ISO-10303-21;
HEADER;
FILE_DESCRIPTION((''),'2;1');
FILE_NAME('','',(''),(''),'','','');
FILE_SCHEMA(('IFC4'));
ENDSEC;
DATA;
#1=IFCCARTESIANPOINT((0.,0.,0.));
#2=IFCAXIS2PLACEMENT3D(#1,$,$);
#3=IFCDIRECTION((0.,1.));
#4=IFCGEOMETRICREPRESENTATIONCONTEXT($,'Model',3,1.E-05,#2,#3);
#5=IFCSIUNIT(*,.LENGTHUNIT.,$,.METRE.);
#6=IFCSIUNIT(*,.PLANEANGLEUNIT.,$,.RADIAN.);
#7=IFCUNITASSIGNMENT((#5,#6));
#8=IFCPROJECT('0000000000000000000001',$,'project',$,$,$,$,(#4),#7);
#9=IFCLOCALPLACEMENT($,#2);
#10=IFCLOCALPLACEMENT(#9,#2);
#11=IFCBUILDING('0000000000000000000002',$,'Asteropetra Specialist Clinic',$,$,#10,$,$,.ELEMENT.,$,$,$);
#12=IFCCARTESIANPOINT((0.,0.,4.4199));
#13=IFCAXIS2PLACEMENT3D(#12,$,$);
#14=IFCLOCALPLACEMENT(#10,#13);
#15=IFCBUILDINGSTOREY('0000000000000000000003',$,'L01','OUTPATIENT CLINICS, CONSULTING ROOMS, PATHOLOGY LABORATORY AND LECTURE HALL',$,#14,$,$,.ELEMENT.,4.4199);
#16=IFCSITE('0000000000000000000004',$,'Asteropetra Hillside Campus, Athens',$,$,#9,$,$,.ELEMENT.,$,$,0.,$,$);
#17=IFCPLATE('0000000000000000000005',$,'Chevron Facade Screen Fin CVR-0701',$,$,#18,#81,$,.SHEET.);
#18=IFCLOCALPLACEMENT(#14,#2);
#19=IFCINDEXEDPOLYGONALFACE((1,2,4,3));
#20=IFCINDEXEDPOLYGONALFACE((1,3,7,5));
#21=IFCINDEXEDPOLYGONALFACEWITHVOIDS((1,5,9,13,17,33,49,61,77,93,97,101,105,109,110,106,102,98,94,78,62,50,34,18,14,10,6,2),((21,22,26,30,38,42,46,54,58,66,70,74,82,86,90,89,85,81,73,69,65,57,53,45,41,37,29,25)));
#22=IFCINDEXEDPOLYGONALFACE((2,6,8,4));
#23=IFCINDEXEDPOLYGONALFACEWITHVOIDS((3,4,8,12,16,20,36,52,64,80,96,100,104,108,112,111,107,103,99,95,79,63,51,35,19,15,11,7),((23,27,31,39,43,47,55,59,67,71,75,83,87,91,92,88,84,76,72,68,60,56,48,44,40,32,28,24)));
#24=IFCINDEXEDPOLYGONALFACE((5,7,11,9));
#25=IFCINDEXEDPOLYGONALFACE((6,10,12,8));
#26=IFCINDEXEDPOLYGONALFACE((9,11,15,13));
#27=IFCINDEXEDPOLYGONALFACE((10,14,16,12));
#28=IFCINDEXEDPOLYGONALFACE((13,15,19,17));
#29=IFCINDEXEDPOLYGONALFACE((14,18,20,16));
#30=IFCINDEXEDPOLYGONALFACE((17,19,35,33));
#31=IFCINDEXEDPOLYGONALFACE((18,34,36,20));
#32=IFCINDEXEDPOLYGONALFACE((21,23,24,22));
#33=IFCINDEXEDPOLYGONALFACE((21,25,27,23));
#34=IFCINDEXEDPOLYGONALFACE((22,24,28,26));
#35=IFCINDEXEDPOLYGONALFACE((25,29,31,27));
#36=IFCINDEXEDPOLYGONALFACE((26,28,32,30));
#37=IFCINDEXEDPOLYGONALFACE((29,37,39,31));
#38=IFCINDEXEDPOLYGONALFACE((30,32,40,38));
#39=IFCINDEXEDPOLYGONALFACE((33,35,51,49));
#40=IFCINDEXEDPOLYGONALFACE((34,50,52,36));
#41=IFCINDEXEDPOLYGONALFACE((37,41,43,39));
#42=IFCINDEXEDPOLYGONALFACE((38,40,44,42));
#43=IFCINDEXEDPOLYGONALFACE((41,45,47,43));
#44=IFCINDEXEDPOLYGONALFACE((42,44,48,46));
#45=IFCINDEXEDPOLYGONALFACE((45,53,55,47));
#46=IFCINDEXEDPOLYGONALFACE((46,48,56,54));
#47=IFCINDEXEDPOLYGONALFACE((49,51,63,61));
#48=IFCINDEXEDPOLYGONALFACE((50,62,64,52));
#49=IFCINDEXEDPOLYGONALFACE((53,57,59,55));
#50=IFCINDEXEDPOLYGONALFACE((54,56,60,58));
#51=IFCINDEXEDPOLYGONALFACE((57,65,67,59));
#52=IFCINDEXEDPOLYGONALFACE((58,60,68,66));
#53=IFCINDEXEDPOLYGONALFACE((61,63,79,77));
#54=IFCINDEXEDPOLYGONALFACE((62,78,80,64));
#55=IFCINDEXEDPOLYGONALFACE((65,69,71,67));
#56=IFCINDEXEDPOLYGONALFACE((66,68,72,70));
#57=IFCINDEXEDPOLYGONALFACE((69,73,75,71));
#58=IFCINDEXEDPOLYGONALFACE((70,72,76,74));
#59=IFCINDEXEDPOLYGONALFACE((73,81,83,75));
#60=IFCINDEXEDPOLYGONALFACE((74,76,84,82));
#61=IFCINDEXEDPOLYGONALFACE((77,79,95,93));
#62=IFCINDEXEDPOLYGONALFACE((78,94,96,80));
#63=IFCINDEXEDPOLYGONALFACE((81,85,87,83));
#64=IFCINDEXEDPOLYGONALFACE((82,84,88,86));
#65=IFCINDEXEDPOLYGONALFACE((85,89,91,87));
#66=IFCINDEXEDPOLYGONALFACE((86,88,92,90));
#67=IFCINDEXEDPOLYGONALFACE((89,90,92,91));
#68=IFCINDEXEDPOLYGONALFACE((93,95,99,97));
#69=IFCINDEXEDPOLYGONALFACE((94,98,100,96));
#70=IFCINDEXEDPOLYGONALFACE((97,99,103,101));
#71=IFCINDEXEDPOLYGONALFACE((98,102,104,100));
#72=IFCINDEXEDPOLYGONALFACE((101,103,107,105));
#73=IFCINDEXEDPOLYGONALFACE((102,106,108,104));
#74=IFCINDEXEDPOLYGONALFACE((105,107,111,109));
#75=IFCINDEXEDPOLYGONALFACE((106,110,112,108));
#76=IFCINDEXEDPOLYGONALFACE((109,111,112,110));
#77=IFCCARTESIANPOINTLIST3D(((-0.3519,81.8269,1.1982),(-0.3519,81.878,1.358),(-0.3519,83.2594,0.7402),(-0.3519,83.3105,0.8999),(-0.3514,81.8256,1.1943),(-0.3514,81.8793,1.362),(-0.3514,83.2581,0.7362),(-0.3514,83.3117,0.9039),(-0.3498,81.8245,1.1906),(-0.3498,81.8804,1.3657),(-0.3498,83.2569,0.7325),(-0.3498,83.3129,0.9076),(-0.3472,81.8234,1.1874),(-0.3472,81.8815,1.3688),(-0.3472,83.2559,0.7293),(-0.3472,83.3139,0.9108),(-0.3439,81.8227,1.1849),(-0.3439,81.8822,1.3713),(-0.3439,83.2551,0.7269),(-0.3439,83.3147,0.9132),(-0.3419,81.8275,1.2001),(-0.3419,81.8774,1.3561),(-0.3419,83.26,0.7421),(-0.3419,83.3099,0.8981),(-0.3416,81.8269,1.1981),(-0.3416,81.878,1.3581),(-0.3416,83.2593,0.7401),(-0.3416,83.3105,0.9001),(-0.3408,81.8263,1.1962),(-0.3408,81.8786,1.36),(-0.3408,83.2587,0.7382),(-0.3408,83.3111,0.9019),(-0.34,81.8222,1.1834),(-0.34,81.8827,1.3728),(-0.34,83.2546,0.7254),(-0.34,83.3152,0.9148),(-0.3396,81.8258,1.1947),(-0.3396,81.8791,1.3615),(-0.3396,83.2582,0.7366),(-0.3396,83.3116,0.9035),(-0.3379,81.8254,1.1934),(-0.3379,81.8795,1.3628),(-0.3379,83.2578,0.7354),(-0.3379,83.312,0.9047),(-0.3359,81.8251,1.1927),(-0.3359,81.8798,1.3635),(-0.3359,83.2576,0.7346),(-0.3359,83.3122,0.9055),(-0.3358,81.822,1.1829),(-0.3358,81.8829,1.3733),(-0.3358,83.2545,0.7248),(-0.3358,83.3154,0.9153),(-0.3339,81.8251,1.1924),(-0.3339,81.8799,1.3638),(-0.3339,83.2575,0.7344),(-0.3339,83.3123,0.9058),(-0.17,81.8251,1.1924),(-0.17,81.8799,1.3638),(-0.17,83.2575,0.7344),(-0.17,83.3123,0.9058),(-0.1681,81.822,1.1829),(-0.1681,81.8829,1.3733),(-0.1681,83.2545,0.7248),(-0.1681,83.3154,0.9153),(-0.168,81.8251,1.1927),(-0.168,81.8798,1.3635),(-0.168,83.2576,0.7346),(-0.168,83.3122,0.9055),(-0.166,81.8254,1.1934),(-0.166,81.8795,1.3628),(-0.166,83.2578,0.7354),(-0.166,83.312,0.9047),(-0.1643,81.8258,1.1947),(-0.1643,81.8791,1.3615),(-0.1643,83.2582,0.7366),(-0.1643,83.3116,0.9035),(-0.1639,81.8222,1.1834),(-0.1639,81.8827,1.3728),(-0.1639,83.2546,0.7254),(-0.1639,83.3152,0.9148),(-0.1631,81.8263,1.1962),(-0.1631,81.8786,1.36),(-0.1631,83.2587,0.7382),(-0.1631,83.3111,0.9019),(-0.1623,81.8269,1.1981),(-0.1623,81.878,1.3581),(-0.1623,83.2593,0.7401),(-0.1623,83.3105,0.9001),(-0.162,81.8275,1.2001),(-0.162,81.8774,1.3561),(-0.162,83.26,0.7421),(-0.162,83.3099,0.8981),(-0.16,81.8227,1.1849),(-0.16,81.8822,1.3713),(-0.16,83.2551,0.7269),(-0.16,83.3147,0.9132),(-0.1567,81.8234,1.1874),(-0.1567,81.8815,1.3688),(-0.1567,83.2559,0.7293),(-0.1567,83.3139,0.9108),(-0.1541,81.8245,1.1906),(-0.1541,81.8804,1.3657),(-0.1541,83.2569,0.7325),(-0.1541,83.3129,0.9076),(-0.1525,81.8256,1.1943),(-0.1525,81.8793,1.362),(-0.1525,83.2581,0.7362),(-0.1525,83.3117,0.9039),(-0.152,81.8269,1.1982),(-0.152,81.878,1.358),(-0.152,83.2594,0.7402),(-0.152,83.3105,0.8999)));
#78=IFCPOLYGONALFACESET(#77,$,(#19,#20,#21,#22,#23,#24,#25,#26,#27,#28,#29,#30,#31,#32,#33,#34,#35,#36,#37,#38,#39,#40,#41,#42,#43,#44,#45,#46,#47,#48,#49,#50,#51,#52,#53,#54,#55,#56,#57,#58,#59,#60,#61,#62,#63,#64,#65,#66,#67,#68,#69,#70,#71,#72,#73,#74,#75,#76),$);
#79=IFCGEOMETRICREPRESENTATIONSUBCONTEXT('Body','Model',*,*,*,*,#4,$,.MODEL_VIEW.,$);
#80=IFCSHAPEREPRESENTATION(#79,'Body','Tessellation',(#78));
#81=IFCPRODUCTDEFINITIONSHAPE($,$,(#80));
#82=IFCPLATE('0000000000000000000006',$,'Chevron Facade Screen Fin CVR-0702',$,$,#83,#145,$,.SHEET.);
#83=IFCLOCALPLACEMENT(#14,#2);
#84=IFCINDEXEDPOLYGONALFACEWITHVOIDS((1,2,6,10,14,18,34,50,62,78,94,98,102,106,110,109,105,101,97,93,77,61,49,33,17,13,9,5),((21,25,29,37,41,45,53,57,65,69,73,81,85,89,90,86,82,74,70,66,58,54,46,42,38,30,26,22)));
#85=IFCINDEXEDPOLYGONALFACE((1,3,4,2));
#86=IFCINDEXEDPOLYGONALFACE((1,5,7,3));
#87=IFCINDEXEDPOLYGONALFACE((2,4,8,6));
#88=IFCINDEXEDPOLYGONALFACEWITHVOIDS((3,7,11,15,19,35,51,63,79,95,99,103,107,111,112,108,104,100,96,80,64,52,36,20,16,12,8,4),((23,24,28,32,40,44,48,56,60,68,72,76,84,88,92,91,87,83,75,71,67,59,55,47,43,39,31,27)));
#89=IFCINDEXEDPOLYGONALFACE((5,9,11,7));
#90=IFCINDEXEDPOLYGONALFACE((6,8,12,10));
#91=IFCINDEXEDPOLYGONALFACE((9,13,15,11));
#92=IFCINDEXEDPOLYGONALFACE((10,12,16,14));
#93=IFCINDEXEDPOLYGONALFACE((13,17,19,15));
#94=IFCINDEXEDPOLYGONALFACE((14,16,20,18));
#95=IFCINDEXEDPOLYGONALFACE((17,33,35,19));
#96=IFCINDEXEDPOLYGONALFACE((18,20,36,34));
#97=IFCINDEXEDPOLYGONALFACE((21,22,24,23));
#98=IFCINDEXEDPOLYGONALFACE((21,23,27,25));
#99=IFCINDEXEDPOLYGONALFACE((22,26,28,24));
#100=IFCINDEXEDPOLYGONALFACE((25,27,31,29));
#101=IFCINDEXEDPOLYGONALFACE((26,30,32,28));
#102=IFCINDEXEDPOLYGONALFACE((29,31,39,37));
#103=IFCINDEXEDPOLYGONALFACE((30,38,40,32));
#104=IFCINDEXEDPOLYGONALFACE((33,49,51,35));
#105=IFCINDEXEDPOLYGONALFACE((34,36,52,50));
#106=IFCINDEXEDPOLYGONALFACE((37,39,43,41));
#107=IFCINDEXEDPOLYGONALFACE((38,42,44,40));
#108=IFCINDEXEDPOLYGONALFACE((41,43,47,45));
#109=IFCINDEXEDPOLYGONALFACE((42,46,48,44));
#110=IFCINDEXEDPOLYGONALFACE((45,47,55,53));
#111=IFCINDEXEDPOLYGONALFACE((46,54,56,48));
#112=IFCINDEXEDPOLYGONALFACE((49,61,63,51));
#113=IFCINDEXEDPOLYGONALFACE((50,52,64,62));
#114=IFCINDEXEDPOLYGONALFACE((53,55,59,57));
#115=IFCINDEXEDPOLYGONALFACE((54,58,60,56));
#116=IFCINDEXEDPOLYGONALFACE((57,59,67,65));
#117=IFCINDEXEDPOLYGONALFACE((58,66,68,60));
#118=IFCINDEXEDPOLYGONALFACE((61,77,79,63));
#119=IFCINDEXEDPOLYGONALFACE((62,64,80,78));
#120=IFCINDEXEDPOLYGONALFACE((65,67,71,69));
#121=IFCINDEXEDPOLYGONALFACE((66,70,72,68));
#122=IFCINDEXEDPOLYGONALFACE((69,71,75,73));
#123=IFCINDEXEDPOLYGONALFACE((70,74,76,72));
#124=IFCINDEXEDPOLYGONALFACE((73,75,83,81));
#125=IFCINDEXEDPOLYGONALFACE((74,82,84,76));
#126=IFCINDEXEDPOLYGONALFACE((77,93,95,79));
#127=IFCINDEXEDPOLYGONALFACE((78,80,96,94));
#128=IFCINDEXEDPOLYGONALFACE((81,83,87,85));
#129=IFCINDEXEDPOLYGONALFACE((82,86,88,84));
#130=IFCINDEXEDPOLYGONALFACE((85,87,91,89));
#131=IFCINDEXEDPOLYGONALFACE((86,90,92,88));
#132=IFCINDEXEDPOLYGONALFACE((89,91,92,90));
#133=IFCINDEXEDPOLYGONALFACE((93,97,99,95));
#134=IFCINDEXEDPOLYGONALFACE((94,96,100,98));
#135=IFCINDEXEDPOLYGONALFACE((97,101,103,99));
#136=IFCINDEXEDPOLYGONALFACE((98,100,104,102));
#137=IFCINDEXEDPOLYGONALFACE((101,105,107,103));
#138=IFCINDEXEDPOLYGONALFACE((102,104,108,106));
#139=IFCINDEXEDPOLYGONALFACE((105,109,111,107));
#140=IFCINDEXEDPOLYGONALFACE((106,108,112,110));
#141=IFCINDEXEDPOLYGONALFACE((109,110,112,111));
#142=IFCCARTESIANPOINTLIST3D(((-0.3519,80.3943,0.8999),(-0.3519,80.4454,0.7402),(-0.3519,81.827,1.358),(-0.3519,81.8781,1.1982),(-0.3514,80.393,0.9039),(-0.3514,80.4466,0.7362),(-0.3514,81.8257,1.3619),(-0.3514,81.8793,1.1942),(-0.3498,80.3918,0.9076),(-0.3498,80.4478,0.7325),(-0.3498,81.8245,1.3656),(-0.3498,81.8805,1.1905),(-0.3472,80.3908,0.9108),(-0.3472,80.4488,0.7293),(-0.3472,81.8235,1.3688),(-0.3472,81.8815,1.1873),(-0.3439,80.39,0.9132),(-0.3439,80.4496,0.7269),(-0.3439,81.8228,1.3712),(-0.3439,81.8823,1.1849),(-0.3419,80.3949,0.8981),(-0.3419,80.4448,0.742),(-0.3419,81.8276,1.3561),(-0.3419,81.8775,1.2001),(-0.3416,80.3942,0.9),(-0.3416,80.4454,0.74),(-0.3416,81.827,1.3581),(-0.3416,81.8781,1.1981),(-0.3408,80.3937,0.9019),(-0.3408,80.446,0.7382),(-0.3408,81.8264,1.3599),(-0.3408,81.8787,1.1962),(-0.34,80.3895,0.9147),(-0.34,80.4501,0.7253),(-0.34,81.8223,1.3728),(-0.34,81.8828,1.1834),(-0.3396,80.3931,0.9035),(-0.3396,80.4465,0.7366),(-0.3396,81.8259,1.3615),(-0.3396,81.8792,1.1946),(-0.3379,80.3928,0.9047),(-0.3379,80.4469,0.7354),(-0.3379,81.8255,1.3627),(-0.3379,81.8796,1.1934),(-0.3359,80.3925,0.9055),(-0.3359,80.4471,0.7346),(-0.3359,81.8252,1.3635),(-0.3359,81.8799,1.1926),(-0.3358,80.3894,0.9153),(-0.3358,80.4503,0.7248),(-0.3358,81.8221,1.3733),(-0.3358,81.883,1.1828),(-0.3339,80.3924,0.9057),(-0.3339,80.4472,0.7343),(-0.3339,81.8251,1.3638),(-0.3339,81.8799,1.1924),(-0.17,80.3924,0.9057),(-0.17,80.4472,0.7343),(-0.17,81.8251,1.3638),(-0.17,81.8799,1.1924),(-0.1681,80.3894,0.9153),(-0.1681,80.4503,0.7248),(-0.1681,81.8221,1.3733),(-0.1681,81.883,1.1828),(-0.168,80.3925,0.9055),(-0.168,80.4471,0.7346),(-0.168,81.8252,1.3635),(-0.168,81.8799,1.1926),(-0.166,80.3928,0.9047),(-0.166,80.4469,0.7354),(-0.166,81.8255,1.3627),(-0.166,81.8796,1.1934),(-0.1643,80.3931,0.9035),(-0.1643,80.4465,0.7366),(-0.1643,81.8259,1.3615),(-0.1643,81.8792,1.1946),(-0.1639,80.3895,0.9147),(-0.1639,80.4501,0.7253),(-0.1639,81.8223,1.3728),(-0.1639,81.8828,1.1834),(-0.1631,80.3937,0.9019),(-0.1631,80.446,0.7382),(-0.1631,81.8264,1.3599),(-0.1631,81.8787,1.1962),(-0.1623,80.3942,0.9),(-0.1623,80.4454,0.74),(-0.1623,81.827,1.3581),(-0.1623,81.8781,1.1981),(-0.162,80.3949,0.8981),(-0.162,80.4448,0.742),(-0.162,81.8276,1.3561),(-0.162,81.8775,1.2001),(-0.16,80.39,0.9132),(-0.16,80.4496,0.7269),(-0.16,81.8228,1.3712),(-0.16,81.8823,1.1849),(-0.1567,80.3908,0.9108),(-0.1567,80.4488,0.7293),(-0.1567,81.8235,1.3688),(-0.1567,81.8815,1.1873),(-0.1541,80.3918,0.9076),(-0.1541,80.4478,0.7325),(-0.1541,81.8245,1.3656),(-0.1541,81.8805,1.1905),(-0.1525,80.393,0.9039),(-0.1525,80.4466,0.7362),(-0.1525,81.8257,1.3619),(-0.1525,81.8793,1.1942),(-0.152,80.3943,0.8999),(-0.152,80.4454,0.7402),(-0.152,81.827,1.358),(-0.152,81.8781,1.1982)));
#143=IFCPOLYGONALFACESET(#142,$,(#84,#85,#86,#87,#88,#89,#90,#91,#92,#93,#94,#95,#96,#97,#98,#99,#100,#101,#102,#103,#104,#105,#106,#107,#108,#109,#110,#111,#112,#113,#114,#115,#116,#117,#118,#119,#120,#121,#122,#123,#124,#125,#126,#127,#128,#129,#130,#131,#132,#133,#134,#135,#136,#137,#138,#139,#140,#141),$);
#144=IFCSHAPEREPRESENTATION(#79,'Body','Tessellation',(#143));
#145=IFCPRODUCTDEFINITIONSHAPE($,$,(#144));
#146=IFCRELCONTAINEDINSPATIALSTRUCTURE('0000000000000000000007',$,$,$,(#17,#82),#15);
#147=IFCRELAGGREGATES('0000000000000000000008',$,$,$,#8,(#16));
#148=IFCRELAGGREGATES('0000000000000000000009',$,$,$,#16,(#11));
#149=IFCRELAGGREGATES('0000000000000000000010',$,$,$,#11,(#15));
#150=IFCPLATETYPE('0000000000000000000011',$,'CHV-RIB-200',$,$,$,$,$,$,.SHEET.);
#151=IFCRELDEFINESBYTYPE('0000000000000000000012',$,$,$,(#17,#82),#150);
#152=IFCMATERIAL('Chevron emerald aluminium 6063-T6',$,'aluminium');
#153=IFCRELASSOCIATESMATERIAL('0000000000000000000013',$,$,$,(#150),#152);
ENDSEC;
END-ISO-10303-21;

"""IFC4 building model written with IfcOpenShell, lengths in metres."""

from ifc_helpers import new_model, si_unit, direction, frame, origin, origin_2d, place, context, subcontext, project, spatial, hollow_rectangle, extrude, material, material_profile, profile_set, type_object, element, save


model = new_model("IFC4")

# Units and contexts
model_context = context("Model", 3, precision=1e-05, world=origin(), true_north=direction((0.0, 1.0)))
body_context = subcontext(model_context, "Body", "Model", "MODEL_VIEW")
ifc_project = project(units=[si_unit("LENGTHUNIT", "METRE"), si_unit("PLANEANGLEUNIT", "RADIAN")], contexts=[model_context])

# Site, building, storey
site_placement = place(None, origin())
site = spatial("IfcSite", under=ifc_project, at=site_placement, Name="Asteropetra Hillside Campus, Athens", CompositionType="ELEMENT", RefElevation=0.0)
building_placement = place(site_placement, origin())
building = spatial("IfcBuilding", under=site, at=building_placement, Name="Asteropetra Specialist Clinic", CompositionType="ELEMENT")
storey_placement = place(building_placement, frame((0.0, 0.0, 4.4199)))
storey = spatial("IfcBuildingStorey", under=building, at=storey_placement, Name="L01", Description="OUTPATIENT CLINICS, CONSULTING ROOMS, PATHOLOGY LABORATORY AND LECTURE HALL", CompositionType="ELEMENT", Elevation=4.4199)

# Plates
ifc_material_1 = material(Name="Chevron emerald aluminium 6063-T6", Category="aluminium")
ifc_material_profile_1 = material_profile(ifc_material_1, hollow_rectangle(XDim=0.2, YDim=0.2, WallThickness=0.01, InnerFilletRadius=0.0081, OuterFilletRadius=0.0161, at=origin_2d()), Name="SHS 200x200x10.0")
ifc_profile_set_1 = profile_set([ifc_material_profile_1], Name="Chevron emerald aluminium 6063-T6")
plate_type = type_object("IfcPlateType", Name="CHV-RIB-200", PredefinedType="SHEET", material=ifc_profile_set_1)
plate_1_placement = place(storey_placement, frame((-0.252, 83.2849, 0.8201), z_axis=(0.0, -0.952492, 0.304564), x_axis=(1.0, 0.0, 0.0)))
element("IfcPlate", 1, at=plate_1_placement, inside=storey, type_object=plate_type, Name="Chevron Facade Screen Fin CVR-0701", PredefinedType="SHEET", context=body_context, shape_type="SweptSolid", body=[
    extrude(hollow_rectangle(XDim=0.2, YDim=0.2, WallThickness=0.01, InnerFilletRadius=0.0081, OuterFilletRadius=0.0161, at=origin_2d()), origin(), (0.0, 0.0, 1.0), 1.5039),
])
plate_2_placement = place(storey_placement, frame((-0.252, 81.8525, 1.2781), z_axis=(0.0, -0.952507, -0.304517), x_axis=(1.0, 0.0, 0.0)))
element("IfcPlate", 2, at=plate_2_placement, inside=storey, type_object=plate_type, Name="Chevron Facade Screen Fin CVR-0702", PredefinedType="SHEET", context=body_context, shape_type="SweptSolid", body=[
    extrude(hollow_rectangle(XDim=0.2, YDim=0.2, WallThickness=0.01, InnerFilletRadius=0.0081, OuterFilletRadius=0.0161, at=origin_2d()), origin(), (0.0, 0.0, 1.0), 1.5042),
])

save(model, "model.ifc")
